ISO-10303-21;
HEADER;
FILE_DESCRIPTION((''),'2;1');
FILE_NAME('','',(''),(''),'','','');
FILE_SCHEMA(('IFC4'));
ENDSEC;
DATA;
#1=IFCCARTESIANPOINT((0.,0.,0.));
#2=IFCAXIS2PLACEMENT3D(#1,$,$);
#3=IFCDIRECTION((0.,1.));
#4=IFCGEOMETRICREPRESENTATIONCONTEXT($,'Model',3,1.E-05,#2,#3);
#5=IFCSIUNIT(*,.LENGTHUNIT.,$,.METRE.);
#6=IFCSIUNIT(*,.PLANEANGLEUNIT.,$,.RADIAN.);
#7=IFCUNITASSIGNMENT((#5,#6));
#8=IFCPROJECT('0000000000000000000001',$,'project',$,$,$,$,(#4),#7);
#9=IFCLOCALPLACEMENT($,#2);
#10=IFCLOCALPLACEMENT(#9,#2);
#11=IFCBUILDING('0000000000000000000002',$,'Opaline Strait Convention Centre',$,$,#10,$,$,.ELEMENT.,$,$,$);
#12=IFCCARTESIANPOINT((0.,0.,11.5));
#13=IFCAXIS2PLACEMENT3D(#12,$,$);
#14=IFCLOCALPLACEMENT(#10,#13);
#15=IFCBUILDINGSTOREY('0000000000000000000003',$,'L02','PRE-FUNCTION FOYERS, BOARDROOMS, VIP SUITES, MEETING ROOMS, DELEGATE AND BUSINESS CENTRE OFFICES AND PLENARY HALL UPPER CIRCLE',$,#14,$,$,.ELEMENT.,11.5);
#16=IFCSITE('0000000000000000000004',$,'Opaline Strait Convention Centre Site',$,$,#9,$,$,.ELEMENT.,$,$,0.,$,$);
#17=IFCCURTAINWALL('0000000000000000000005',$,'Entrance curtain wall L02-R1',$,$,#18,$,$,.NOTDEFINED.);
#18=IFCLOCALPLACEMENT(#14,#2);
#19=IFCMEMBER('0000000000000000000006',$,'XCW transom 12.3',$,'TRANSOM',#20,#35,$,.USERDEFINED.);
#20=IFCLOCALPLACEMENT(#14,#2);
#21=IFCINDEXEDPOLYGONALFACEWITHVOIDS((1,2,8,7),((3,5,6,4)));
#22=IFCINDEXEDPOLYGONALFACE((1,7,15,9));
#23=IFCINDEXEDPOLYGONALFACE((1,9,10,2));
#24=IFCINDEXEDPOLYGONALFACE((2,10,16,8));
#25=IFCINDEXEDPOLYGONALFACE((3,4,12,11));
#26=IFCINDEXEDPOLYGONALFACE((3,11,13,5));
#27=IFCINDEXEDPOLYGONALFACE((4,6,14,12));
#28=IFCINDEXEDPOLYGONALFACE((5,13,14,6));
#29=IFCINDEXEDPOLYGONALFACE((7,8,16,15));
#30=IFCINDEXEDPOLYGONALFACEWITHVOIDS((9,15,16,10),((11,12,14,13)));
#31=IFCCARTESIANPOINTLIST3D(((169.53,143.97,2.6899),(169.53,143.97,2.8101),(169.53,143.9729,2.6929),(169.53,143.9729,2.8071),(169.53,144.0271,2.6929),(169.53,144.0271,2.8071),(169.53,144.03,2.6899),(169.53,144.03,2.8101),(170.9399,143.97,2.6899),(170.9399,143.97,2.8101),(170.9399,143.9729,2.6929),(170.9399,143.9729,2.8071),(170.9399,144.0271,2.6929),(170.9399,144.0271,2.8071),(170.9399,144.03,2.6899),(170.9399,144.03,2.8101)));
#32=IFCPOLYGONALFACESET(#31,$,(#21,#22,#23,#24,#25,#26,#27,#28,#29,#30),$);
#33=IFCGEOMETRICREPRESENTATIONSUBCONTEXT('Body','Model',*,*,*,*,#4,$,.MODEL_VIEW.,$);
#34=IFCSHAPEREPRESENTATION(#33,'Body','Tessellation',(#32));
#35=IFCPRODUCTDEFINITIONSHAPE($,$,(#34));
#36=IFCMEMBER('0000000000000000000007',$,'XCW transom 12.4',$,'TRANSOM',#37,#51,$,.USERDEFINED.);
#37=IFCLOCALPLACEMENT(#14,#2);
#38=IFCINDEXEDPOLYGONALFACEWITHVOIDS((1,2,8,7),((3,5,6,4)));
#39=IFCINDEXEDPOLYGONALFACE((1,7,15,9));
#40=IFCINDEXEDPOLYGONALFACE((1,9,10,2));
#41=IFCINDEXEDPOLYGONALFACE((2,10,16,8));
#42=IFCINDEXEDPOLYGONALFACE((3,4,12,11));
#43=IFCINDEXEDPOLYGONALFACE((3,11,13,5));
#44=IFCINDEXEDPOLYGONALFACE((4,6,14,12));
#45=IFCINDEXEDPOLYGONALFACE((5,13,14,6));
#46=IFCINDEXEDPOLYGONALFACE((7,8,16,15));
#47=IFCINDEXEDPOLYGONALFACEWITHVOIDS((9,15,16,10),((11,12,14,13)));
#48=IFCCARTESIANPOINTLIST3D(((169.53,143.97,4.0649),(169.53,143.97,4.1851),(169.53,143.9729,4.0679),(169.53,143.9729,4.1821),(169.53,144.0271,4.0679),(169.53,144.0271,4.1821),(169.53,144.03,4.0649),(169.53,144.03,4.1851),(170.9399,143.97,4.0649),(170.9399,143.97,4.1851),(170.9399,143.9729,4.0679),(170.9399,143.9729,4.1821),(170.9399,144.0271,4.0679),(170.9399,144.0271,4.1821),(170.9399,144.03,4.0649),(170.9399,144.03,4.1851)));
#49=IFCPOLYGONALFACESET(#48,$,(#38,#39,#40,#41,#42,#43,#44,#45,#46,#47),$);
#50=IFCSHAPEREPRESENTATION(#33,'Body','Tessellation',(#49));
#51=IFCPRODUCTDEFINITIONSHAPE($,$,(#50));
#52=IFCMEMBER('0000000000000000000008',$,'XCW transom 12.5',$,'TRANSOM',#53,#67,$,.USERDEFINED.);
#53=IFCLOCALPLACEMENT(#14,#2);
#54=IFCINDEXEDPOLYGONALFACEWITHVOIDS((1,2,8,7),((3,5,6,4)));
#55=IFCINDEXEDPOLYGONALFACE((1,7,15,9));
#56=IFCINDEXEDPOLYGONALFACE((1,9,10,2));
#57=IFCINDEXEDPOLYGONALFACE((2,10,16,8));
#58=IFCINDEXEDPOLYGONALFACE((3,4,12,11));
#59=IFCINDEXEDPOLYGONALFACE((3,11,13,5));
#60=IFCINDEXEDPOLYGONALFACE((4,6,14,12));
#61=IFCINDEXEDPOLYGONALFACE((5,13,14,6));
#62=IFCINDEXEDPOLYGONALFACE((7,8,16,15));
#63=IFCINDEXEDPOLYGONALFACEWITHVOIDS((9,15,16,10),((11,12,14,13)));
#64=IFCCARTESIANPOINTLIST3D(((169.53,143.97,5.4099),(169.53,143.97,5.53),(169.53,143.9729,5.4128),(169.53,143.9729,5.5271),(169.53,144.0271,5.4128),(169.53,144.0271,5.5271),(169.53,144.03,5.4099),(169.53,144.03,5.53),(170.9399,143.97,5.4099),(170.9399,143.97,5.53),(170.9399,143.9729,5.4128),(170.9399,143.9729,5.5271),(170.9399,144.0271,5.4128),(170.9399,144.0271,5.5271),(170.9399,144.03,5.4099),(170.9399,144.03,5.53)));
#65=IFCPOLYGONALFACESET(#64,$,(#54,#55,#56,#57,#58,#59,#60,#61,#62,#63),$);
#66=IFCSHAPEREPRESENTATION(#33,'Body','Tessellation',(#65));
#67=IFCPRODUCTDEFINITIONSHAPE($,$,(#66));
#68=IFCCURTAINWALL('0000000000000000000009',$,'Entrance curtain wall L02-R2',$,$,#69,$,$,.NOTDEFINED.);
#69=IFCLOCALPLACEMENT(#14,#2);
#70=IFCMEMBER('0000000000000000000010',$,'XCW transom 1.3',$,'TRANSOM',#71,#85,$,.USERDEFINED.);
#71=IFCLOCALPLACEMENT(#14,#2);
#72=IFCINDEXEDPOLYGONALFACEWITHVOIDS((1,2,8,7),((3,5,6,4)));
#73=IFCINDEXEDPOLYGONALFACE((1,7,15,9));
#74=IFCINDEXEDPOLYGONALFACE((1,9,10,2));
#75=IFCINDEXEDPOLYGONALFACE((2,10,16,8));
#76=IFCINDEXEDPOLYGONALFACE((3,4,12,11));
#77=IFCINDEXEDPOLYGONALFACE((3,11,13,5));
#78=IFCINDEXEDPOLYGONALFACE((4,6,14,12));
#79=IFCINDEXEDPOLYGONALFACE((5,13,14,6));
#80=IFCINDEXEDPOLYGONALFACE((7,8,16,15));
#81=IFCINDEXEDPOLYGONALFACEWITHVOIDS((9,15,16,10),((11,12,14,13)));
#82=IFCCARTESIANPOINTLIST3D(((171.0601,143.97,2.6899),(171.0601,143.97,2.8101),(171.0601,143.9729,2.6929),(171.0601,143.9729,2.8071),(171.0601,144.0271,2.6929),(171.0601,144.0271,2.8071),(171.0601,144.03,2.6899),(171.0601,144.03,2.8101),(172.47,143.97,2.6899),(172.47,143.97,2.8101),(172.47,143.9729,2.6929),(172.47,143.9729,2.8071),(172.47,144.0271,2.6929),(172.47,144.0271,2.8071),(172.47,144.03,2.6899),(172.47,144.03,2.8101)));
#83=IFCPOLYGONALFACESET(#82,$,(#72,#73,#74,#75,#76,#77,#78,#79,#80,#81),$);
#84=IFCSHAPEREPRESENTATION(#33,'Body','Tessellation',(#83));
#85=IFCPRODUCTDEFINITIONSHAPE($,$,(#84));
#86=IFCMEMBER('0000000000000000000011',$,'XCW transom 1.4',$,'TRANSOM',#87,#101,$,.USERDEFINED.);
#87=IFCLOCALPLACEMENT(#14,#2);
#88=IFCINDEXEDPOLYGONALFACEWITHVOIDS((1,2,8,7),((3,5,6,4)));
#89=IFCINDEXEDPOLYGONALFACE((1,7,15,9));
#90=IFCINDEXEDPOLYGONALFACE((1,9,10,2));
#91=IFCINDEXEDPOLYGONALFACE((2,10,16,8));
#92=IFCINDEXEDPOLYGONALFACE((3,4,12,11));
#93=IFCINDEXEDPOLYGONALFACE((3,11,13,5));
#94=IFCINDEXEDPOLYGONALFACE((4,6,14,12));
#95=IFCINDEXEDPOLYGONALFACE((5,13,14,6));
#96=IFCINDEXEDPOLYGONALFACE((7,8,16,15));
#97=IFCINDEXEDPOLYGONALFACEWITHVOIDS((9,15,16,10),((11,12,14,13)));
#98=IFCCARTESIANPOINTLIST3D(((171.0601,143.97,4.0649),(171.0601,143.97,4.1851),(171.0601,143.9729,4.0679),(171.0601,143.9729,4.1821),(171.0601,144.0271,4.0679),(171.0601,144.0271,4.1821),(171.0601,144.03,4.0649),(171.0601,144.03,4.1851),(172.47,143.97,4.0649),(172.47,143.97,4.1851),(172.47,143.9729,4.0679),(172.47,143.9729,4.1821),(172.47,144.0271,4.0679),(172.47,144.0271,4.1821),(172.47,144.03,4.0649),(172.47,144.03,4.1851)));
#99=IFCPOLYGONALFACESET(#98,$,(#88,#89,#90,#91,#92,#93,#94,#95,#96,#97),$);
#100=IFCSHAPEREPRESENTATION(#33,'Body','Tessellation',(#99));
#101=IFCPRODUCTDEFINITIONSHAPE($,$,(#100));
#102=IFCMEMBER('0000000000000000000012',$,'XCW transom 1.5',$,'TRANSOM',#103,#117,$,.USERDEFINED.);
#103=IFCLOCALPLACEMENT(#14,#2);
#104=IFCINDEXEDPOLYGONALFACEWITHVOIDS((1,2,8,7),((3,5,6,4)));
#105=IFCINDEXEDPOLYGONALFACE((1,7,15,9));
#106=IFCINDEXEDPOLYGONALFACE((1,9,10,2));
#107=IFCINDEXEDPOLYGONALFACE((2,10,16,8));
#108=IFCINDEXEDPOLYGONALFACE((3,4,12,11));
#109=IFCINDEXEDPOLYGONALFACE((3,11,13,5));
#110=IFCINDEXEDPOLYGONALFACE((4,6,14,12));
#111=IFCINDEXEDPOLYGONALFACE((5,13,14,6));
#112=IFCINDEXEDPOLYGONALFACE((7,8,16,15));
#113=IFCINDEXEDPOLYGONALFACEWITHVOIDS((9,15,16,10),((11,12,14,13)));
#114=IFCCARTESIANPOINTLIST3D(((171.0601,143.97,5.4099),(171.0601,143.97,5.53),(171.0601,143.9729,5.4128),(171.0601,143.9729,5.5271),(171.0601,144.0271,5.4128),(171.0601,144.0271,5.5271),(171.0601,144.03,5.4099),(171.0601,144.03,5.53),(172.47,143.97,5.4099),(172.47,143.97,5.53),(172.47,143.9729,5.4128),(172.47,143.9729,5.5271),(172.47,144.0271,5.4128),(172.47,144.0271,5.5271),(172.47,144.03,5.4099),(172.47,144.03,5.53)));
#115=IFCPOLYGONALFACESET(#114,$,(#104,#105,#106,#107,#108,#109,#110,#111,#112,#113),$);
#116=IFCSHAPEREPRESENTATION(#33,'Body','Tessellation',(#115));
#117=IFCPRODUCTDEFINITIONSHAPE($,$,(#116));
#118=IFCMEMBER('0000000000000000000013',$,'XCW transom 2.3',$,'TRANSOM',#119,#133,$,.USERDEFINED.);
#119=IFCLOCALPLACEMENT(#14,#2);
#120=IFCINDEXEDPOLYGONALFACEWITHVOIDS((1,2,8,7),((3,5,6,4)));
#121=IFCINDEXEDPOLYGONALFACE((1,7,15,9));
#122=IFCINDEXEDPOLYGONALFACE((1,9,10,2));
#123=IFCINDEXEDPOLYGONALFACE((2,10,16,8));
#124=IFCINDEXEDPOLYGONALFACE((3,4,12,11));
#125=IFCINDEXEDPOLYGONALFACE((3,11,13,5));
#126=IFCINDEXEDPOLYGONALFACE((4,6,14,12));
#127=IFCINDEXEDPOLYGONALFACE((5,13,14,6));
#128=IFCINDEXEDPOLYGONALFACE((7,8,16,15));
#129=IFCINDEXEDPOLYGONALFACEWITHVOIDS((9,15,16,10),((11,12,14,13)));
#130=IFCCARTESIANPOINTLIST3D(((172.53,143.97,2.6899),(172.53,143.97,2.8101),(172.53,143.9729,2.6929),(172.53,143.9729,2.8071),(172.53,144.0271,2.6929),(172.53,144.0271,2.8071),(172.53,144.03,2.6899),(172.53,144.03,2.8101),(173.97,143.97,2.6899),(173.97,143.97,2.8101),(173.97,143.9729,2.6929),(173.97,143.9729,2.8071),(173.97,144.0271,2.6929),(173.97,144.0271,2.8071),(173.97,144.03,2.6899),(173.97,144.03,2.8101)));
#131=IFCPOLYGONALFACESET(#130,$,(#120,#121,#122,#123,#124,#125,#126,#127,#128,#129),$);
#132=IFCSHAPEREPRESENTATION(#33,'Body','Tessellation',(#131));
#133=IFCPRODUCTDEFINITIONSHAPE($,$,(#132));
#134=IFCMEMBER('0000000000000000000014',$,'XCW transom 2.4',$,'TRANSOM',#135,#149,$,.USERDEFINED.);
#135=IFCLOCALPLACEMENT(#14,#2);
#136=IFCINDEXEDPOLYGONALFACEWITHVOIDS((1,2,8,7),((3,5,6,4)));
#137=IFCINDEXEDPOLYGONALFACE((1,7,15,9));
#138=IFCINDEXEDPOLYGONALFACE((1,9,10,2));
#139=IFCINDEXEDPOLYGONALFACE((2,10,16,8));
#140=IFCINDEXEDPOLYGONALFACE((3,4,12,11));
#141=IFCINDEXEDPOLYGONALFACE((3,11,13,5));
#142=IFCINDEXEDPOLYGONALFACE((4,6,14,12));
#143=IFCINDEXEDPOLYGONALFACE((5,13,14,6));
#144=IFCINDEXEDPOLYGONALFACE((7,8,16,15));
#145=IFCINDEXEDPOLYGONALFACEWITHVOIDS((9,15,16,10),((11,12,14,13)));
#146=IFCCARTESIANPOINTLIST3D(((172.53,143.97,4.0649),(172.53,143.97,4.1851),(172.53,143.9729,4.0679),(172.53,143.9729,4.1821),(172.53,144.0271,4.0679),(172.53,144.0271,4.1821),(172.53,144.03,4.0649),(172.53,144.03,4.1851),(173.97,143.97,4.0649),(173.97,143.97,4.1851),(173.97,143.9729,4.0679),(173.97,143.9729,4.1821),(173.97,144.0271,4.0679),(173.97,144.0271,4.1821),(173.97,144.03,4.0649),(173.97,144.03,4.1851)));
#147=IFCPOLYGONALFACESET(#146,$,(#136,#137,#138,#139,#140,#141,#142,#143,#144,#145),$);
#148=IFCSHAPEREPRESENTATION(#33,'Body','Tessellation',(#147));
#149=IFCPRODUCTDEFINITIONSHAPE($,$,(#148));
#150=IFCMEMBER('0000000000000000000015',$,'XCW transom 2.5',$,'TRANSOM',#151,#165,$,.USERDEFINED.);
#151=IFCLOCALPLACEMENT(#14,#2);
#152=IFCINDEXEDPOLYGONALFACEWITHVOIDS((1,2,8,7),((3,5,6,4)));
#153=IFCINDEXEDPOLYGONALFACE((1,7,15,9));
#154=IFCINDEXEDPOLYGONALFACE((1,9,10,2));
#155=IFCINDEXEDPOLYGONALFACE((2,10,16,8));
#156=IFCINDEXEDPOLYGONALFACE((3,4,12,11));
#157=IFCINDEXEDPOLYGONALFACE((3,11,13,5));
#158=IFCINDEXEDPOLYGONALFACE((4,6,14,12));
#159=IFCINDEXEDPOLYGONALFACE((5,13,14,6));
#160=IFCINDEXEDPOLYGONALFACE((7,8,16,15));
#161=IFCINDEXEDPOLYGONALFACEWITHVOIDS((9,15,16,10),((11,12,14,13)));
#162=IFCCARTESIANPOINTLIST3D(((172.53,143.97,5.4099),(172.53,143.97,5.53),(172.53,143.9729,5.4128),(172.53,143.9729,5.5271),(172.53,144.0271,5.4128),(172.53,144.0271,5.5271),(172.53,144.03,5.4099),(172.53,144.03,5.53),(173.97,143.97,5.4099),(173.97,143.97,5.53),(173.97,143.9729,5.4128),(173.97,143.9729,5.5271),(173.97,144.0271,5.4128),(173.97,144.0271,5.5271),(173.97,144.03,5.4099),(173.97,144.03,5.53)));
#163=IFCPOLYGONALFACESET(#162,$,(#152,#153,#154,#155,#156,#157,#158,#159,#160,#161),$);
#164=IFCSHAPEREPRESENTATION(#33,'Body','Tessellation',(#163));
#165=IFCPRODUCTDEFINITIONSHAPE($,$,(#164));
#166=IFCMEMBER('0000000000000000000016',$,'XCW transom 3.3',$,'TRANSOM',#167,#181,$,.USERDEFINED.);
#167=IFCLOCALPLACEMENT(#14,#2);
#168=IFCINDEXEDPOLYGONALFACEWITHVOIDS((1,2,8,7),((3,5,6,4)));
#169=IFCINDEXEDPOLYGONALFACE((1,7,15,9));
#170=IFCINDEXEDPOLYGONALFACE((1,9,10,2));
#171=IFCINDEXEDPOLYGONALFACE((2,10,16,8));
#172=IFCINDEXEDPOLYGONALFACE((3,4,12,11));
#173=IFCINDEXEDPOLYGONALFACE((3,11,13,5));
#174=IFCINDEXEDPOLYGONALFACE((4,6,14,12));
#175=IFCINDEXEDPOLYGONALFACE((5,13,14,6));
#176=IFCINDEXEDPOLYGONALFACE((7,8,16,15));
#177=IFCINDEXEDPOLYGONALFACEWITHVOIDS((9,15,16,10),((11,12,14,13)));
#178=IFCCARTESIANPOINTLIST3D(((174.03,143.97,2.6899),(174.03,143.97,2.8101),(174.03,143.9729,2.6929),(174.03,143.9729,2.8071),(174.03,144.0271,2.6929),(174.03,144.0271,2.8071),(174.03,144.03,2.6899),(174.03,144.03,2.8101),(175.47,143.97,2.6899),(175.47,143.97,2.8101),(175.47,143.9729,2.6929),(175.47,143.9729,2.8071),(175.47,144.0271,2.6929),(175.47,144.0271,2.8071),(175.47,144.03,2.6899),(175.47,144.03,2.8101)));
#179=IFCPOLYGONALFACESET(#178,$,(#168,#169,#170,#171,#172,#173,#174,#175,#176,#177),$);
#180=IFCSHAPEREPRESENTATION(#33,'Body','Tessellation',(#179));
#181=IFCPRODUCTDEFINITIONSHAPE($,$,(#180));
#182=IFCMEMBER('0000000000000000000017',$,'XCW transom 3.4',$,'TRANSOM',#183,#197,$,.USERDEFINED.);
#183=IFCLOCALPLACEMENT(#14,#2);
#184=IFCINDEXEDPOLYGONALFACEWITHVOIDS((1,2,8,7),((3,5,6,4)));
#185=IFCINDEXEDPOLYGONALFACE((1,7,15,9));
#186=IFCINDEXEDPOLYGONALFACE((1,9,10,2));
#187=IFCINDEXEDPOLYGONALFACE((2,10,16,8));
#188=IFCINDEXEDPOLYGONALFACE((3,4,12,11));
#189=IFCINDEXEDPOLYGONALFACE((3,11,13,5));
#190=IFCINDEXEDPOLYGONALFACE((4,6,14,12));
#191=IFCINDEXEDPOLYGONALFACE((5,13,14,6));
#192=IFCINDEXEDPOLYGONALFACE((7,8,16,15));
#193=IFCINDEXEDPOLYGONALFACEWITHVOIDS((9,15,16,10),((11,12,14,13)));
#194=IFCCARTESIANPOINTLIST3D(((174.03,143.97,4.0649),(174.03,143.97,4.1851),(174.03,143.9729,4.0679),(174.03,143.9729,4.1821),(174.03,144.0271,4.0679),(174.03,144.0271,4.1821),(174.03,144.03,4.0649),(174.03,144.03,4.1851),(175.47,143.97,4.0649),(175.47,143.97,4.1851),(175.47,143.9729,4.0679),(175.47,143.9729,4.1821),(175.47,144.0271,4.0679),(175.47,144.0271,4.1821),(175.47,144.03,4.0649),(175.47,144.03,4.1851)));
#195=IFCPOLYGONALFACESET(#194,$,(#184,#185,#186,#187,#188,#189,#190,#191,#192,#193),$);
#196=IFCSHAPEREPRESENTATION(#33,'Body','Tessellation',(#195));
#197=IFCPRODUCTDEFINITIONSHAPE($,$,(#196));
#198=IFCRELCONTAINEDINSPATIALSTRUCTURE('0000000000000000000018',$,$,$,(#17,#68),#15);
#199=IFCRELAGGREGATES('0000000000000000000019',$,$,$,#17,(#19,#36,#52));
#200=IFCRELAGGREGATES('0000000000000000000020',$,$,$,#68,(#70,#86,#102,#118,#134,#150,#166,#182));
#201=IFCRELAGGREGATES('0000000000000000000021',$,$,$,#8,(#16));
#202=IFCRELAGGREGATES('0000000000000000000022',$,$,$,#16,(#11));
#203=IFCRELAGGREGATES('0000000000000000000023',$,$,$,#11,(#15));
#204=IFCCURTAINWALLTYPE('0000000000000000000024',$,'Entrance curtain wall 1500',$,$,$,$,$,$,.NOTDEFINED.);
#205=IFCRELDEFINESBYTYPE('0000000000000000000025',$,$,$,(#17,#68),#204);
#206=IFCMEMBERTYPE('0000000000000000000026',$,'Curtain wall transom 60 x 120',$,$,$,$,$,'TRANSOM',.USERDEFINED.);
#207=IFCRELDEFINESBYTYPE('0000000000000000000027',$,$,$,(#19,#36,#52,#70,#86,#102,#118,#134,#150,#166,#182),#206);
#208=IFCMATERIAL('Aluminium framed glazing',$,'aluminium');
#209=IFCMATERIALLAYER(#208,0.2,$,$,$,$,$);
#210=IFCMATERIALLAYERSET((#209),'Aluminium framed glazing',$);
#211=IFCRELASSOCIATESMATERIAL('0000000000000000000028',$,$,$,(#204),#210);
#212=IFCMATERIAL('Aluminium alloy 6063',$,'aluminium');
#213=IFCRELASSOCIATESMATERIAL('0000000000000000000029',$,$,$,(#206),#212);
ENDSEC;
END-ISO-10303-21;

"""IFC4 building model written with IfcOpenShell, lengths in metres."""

from ifc_helpers import new_model, si_unit, direction, frame, origin, origin_2d, place, context, subcontext, project, spatial, hollow_rectangle, extrude, material, layer, layer_set, material_profile, profile_set, type_object, element, aggregate, save


model = new_model("IFC4")

# Units and contexts
model_context = context("Model", 3, precision=1e-05, world=origin(), true_north=direction((0.0, 1.0)))
body_context = subcontext(model_context, "Body", "Model", "MODEL_VIEW")
ifc_project = project(units=[si_unit("LENGTHUNIT", "METRE"), si_unit("PLANEANGLEUNIT", "RADIAN")], contexts=[model_context])

# Site, building, storey
site_placement = place(None, origin())
site = spatial("IfcSite", under=ifc_project, at=site_placement, Name="Opaline Strait Convention Centre Site", CompositionType="ELEMENT", RefElevation=0.0)
building_placement = place(site_placement, origin())
building = spatial("IfcBuilding", under=site, at=building_placement, Name="Opaline Strait Convention Centre", CompositionType="ELEMENT")
storey_placement = place(building_placement, frame((0.0, 0.0, 11.5)))
storey = spatial("IfcBuildingStorey", under=building, at=storey_placement, Name="L02", Description="PRE-FUNCTION FOYERS, BOARDROOMS, VIP SUITES, MEETING ROOMS, DELEGATE AND BUSINESS CENTRE OFFICES AND PLENARY HALL UPPER CIRCLE", CompositionType="ELEMENT", Elevation=11.5)

# Curtain walls, members
ifc_material_1 = material(Name="Aluminium framed glazing", Category="aluminium")
ifc_layer_1 = layer(ifc_material_1, 0.2)
ifc_layer_set_1 = layer_set([ifc_layer_1], Name="Aluminium framed glazing")
curtain_wall_type = type_object("IfcCurtainWallType", Name="Entrance curtain wall 1500", PredefinedType="NOTDEFINED", material=ifc_layer_set_1)
curtain_wall_1_placement = place(storey_placement, origin())
curtain_wall_1 = element("IfcCurtainWall", 1, at=curtain_wall_1_placement, inside=storey, type_object=curtain_wall_type, Name="Entrance curtain wall L02-R1", PredefinedType="NOTDEFINED")
ifc_material_2 = material(Name="Aluminium alloy 6063", Category="aluminium")
ifc_material_profile_1 = material_profile(ifc_material_2, hollow_rectangle(XDim=0.0601, YDim=0.1201, WallThickness=0.0029, at=origin_2d()), Name="TRANSOM 60x120x3")
ifc_profile_set_1 = profile_set([ifc_material_profile_1], Name="Aluminium alloy 6063")
member_type_1 = type_object("IfcMemberType", Name="Curtain wall transom 60 x 120", ElementType="TRANSOM", PredefinedType="USERDEFINED", material=ifc_profile_set_1)
member_1_placement = place(storey_placement, frame((169.53, 144.0, 2.75), z_axis=(1.0, 0.0, 0.0), x_axis=(0.0, 1.0, 0.0)))
member_1 = element("IfcMember", 2, at=member_1_placement, type_object=member_type_1, Name="XCW transom 12.3", ObjectType="TRANSOM", PredefinedType="USERDEFINED", context=body_context, shape_type="SweptSolid", body=[
    extrude(hollow_rectangle(XDim=0.0601, YDim=0.1201, WallThickness=0.0029, at=origin_2d()), origin(), (0.0, 0.0, 1.0), 1.4099),
])
member_2_placement = place(storey_placement, frame((169.53, 144.0, 4.125), z_axis=(1.0, 0.0, 0.0), x_axis=(0.0, 1.0, 0.0)))
member_2 = element("IfcMember", 3, at=member_2_placement, type_object=member_type_1, Name="XCW transom 12.4", ObjectType="TRANSOM", PredefinedType="USERDEFINED", context=body_context, shape_type="SweptSolid", body=[
    extrude(hollow_rectangle(XDim=0.0601, YDim=0.1201, WallThickness=0.0029, at=origin_2d()), origin(), (0.0, 0.0, 1.0), 1.4099),
])
member_3_placement = place(storey_placement, frame((169.53, 144.0, 5.47), z_axis=(1.0, 0.0, 0.0), x_axis=(0.0, 1.0, 0.0)))
member_3 = element("IfcMember", 4, at=member_3_placement, type_object=member_type_1, Name="XCW transom 12.5", ObjectType="TRANSOM", PredefinedType="USERDEFINED", context=body_context, shape_type="SweptSolid", body=[
    extrude(hollow_rectangle(XDim=0.0601, YDim=0.1201, WallThickness=0.0029, at=origin_2d()), origin(), (0.0, 0.0, 1.0), 1.4099),
])
curtain_wall_2_placement = place(storey_placement, origin())
curtain_wall_2 = element("IfcCurtainWall", 5, at=curtain_wall_2_placement, inside=storey, type_object=curtain_wall_type, Name="Entrance curtain wall L02-R2", PredefinedType="NOTDEFINED")
member_4_placement = place(storey_placement, frame((171.0601, 144.0, 2.75), z_axis=(1.0, 0.0, 0.0), x_axis=(0.0, 1.0, 0.0)))
member_4 = element("IfcMember", 6, at=member_4_placement, type_object=member_type_1, Name="XCW transom 1.3", ObjectType="TRANSOM", PredefinedType="USERDEFINED", context=body_context, shape_type="SweptSolid", body=[
    extrude(hollow_rectangle(XDim=0.0601, YDim=0.1201, WallThickness=0.0029, at=origin_2d()), origin(), (0.0, 0.0, 1.0), 1.4099),
])
member_5_placement = place(storey_placement, frame((171.0601, 144.0, 4.125), z_axis=(1.0, 0.0, 0.0), x_axis=(0.0, 1.0, 0.0)))
member_5 = element("IfcMember", 7, at=member_5_placement, type_object=member_type_1, Name="XCW transom 1.4", ObjectType="TRANSOM", PredefinedType="USERDEFINED", context=body_context, shape_type="SweptSolid", body=[
    extrude(hollow_rectangle(XDim=0.0601, YDim=0.1201, WallThickness=0.0029, at=origin_2d()), origin(), (0.0, 0.0, 1.0), 1.4099),
])
member_6_placement = place(storey_placement, frame((171.0601, 144.0, 5.47), z_axis=(1.0, 0.0, 0.0), x_axis=(0.0, 1.0, 0.0)))
member_6 = element("IfcMember", 8, at=member_6_placement, type_object=member_type_1, Name="XCW transom 1.5", ObjectType="TRANSOM", PredefinedType="USERDEFINED", context=body_context, shape_type="SweptSolid", body=[
    extrude(hollow_rectangle(XDim=0.0601, YDim=0.1201, WallThickness=0.0029, at=origin_2d()), origin(), (0.0, 0.0, 1.0), 1.4099),
])
member_7_placement = place(storey_placement, frame((172.53, 144.0, 2.75), z_axis=(1.0, 0.0, 0.0), x_axis=(0.0, 1.0, 0.0)))
member_7 = element("IfcMember", 9, at=member_7_placement, type_object=member_type_1, Name="XCW transom 2.3", ObjectType="TRANSOM", PredefinedType="USERDEFINED", context=body_context, shape_type="SweptSolid", body=[
    extrude(hollow_rectangle(XDim=0.0601, YDim=0.1201, WallThickness=0.0029, at=origin_2d()), origin(), (0.0, 0.0, 1.0), 1.4399),
])
member_8_placement = place(storey_placement, frame((172.53, 144.0, 4.125), z_axis=(1.0, 0.0, 0.0), x_axis=(0.0, 1.0, 0.0)))
member_8 = element("IfcMember", 10, at=member_8_placement, type_object=member_type_1, Name="XCW transom 2.4", ObjectType="TRANSOM", PredefinedType="USERDEFINED", context=body_context, shape_type="SweptSolid", body=[
    extrude(hollow_rectangle(XDim=0.0601, YDim=0.1201, WallThickness=0.0029, at=origin_2d()), origin(), (0.0, 0.0, 1.0), 1.4399),
])
member_9_placement = place(storey_placement, frame((172.53, 144.0, 5.47), z_axis=(1.0, 0.0, 0.0), x_axis=(0.0, 1.0, 0.0)))
member_9 = element("IfcMember", 11, at=member_9_placement, type_object=member_type_1, Name="XCW transom 2.5", ObjectType="TRANSOM", PredefinedType="USERDEFINED", context=body_context, shape_type="SweptSolid", body=[
    extrude(hollow_rectangle(XDim=0.0601, YDim=0.1201, WallThickness=0.0029, at=origin_2d()), origin(), (0.0, 0.0, 1.0), 1.4399),
])
member_10_placement = place(storey_placement, frame((174.03, 144.0, 2.75), z_axis=(1.0, 0.0, 0.0), x_axis=(0.0, 1.0, 0.0)))
member_10 = element("IfcMember", 12, at=member_10_placement, type_object=member_type_1, Name="XCW transom 3.3", ObjectType="TRANSOM", PredefinedType="USERDEFINED", context=body_context, shape_type="SweptSolid", body=[
    extrude(hollow_rectangle(XDim=0.0601, YDim=0.1201, WallThickness=0.0029, at=origin_2d()), origin(), (0.0, 0.0, 1.0), 1.4399),
])
member_11_placement = place(storey_placement, frame((174.03, 144.0, 4.125), z_axis=(1.0, 0.0, 0.0), x_axis=(0.0, 1.0, 0.0)))
member_11 = element("IfcMember", 13, at=member_11_placement, type_object=member_type_1, Name="XCW transom 3.4", ObjectType="TRANSOM", PredefinedType="USERDEFINED", context=body_context, shape_type="SweptSolid", body=[
    extrude(hollow_rectangle(XDim=0.0601, YDim=0.1201, WallThickness=0.0029, at=origin_2d()), origin(), (0.0, 0.0, 1.0), 1.4399),
])

aggregate(curtain_wall_1, [member_1, member_2, member_3])
aggregate(curtain_wall_2, [member_4, member_5, member_6, member_7, member_8, member_9, member_10, member_11])

save(model, "model.ifc")
